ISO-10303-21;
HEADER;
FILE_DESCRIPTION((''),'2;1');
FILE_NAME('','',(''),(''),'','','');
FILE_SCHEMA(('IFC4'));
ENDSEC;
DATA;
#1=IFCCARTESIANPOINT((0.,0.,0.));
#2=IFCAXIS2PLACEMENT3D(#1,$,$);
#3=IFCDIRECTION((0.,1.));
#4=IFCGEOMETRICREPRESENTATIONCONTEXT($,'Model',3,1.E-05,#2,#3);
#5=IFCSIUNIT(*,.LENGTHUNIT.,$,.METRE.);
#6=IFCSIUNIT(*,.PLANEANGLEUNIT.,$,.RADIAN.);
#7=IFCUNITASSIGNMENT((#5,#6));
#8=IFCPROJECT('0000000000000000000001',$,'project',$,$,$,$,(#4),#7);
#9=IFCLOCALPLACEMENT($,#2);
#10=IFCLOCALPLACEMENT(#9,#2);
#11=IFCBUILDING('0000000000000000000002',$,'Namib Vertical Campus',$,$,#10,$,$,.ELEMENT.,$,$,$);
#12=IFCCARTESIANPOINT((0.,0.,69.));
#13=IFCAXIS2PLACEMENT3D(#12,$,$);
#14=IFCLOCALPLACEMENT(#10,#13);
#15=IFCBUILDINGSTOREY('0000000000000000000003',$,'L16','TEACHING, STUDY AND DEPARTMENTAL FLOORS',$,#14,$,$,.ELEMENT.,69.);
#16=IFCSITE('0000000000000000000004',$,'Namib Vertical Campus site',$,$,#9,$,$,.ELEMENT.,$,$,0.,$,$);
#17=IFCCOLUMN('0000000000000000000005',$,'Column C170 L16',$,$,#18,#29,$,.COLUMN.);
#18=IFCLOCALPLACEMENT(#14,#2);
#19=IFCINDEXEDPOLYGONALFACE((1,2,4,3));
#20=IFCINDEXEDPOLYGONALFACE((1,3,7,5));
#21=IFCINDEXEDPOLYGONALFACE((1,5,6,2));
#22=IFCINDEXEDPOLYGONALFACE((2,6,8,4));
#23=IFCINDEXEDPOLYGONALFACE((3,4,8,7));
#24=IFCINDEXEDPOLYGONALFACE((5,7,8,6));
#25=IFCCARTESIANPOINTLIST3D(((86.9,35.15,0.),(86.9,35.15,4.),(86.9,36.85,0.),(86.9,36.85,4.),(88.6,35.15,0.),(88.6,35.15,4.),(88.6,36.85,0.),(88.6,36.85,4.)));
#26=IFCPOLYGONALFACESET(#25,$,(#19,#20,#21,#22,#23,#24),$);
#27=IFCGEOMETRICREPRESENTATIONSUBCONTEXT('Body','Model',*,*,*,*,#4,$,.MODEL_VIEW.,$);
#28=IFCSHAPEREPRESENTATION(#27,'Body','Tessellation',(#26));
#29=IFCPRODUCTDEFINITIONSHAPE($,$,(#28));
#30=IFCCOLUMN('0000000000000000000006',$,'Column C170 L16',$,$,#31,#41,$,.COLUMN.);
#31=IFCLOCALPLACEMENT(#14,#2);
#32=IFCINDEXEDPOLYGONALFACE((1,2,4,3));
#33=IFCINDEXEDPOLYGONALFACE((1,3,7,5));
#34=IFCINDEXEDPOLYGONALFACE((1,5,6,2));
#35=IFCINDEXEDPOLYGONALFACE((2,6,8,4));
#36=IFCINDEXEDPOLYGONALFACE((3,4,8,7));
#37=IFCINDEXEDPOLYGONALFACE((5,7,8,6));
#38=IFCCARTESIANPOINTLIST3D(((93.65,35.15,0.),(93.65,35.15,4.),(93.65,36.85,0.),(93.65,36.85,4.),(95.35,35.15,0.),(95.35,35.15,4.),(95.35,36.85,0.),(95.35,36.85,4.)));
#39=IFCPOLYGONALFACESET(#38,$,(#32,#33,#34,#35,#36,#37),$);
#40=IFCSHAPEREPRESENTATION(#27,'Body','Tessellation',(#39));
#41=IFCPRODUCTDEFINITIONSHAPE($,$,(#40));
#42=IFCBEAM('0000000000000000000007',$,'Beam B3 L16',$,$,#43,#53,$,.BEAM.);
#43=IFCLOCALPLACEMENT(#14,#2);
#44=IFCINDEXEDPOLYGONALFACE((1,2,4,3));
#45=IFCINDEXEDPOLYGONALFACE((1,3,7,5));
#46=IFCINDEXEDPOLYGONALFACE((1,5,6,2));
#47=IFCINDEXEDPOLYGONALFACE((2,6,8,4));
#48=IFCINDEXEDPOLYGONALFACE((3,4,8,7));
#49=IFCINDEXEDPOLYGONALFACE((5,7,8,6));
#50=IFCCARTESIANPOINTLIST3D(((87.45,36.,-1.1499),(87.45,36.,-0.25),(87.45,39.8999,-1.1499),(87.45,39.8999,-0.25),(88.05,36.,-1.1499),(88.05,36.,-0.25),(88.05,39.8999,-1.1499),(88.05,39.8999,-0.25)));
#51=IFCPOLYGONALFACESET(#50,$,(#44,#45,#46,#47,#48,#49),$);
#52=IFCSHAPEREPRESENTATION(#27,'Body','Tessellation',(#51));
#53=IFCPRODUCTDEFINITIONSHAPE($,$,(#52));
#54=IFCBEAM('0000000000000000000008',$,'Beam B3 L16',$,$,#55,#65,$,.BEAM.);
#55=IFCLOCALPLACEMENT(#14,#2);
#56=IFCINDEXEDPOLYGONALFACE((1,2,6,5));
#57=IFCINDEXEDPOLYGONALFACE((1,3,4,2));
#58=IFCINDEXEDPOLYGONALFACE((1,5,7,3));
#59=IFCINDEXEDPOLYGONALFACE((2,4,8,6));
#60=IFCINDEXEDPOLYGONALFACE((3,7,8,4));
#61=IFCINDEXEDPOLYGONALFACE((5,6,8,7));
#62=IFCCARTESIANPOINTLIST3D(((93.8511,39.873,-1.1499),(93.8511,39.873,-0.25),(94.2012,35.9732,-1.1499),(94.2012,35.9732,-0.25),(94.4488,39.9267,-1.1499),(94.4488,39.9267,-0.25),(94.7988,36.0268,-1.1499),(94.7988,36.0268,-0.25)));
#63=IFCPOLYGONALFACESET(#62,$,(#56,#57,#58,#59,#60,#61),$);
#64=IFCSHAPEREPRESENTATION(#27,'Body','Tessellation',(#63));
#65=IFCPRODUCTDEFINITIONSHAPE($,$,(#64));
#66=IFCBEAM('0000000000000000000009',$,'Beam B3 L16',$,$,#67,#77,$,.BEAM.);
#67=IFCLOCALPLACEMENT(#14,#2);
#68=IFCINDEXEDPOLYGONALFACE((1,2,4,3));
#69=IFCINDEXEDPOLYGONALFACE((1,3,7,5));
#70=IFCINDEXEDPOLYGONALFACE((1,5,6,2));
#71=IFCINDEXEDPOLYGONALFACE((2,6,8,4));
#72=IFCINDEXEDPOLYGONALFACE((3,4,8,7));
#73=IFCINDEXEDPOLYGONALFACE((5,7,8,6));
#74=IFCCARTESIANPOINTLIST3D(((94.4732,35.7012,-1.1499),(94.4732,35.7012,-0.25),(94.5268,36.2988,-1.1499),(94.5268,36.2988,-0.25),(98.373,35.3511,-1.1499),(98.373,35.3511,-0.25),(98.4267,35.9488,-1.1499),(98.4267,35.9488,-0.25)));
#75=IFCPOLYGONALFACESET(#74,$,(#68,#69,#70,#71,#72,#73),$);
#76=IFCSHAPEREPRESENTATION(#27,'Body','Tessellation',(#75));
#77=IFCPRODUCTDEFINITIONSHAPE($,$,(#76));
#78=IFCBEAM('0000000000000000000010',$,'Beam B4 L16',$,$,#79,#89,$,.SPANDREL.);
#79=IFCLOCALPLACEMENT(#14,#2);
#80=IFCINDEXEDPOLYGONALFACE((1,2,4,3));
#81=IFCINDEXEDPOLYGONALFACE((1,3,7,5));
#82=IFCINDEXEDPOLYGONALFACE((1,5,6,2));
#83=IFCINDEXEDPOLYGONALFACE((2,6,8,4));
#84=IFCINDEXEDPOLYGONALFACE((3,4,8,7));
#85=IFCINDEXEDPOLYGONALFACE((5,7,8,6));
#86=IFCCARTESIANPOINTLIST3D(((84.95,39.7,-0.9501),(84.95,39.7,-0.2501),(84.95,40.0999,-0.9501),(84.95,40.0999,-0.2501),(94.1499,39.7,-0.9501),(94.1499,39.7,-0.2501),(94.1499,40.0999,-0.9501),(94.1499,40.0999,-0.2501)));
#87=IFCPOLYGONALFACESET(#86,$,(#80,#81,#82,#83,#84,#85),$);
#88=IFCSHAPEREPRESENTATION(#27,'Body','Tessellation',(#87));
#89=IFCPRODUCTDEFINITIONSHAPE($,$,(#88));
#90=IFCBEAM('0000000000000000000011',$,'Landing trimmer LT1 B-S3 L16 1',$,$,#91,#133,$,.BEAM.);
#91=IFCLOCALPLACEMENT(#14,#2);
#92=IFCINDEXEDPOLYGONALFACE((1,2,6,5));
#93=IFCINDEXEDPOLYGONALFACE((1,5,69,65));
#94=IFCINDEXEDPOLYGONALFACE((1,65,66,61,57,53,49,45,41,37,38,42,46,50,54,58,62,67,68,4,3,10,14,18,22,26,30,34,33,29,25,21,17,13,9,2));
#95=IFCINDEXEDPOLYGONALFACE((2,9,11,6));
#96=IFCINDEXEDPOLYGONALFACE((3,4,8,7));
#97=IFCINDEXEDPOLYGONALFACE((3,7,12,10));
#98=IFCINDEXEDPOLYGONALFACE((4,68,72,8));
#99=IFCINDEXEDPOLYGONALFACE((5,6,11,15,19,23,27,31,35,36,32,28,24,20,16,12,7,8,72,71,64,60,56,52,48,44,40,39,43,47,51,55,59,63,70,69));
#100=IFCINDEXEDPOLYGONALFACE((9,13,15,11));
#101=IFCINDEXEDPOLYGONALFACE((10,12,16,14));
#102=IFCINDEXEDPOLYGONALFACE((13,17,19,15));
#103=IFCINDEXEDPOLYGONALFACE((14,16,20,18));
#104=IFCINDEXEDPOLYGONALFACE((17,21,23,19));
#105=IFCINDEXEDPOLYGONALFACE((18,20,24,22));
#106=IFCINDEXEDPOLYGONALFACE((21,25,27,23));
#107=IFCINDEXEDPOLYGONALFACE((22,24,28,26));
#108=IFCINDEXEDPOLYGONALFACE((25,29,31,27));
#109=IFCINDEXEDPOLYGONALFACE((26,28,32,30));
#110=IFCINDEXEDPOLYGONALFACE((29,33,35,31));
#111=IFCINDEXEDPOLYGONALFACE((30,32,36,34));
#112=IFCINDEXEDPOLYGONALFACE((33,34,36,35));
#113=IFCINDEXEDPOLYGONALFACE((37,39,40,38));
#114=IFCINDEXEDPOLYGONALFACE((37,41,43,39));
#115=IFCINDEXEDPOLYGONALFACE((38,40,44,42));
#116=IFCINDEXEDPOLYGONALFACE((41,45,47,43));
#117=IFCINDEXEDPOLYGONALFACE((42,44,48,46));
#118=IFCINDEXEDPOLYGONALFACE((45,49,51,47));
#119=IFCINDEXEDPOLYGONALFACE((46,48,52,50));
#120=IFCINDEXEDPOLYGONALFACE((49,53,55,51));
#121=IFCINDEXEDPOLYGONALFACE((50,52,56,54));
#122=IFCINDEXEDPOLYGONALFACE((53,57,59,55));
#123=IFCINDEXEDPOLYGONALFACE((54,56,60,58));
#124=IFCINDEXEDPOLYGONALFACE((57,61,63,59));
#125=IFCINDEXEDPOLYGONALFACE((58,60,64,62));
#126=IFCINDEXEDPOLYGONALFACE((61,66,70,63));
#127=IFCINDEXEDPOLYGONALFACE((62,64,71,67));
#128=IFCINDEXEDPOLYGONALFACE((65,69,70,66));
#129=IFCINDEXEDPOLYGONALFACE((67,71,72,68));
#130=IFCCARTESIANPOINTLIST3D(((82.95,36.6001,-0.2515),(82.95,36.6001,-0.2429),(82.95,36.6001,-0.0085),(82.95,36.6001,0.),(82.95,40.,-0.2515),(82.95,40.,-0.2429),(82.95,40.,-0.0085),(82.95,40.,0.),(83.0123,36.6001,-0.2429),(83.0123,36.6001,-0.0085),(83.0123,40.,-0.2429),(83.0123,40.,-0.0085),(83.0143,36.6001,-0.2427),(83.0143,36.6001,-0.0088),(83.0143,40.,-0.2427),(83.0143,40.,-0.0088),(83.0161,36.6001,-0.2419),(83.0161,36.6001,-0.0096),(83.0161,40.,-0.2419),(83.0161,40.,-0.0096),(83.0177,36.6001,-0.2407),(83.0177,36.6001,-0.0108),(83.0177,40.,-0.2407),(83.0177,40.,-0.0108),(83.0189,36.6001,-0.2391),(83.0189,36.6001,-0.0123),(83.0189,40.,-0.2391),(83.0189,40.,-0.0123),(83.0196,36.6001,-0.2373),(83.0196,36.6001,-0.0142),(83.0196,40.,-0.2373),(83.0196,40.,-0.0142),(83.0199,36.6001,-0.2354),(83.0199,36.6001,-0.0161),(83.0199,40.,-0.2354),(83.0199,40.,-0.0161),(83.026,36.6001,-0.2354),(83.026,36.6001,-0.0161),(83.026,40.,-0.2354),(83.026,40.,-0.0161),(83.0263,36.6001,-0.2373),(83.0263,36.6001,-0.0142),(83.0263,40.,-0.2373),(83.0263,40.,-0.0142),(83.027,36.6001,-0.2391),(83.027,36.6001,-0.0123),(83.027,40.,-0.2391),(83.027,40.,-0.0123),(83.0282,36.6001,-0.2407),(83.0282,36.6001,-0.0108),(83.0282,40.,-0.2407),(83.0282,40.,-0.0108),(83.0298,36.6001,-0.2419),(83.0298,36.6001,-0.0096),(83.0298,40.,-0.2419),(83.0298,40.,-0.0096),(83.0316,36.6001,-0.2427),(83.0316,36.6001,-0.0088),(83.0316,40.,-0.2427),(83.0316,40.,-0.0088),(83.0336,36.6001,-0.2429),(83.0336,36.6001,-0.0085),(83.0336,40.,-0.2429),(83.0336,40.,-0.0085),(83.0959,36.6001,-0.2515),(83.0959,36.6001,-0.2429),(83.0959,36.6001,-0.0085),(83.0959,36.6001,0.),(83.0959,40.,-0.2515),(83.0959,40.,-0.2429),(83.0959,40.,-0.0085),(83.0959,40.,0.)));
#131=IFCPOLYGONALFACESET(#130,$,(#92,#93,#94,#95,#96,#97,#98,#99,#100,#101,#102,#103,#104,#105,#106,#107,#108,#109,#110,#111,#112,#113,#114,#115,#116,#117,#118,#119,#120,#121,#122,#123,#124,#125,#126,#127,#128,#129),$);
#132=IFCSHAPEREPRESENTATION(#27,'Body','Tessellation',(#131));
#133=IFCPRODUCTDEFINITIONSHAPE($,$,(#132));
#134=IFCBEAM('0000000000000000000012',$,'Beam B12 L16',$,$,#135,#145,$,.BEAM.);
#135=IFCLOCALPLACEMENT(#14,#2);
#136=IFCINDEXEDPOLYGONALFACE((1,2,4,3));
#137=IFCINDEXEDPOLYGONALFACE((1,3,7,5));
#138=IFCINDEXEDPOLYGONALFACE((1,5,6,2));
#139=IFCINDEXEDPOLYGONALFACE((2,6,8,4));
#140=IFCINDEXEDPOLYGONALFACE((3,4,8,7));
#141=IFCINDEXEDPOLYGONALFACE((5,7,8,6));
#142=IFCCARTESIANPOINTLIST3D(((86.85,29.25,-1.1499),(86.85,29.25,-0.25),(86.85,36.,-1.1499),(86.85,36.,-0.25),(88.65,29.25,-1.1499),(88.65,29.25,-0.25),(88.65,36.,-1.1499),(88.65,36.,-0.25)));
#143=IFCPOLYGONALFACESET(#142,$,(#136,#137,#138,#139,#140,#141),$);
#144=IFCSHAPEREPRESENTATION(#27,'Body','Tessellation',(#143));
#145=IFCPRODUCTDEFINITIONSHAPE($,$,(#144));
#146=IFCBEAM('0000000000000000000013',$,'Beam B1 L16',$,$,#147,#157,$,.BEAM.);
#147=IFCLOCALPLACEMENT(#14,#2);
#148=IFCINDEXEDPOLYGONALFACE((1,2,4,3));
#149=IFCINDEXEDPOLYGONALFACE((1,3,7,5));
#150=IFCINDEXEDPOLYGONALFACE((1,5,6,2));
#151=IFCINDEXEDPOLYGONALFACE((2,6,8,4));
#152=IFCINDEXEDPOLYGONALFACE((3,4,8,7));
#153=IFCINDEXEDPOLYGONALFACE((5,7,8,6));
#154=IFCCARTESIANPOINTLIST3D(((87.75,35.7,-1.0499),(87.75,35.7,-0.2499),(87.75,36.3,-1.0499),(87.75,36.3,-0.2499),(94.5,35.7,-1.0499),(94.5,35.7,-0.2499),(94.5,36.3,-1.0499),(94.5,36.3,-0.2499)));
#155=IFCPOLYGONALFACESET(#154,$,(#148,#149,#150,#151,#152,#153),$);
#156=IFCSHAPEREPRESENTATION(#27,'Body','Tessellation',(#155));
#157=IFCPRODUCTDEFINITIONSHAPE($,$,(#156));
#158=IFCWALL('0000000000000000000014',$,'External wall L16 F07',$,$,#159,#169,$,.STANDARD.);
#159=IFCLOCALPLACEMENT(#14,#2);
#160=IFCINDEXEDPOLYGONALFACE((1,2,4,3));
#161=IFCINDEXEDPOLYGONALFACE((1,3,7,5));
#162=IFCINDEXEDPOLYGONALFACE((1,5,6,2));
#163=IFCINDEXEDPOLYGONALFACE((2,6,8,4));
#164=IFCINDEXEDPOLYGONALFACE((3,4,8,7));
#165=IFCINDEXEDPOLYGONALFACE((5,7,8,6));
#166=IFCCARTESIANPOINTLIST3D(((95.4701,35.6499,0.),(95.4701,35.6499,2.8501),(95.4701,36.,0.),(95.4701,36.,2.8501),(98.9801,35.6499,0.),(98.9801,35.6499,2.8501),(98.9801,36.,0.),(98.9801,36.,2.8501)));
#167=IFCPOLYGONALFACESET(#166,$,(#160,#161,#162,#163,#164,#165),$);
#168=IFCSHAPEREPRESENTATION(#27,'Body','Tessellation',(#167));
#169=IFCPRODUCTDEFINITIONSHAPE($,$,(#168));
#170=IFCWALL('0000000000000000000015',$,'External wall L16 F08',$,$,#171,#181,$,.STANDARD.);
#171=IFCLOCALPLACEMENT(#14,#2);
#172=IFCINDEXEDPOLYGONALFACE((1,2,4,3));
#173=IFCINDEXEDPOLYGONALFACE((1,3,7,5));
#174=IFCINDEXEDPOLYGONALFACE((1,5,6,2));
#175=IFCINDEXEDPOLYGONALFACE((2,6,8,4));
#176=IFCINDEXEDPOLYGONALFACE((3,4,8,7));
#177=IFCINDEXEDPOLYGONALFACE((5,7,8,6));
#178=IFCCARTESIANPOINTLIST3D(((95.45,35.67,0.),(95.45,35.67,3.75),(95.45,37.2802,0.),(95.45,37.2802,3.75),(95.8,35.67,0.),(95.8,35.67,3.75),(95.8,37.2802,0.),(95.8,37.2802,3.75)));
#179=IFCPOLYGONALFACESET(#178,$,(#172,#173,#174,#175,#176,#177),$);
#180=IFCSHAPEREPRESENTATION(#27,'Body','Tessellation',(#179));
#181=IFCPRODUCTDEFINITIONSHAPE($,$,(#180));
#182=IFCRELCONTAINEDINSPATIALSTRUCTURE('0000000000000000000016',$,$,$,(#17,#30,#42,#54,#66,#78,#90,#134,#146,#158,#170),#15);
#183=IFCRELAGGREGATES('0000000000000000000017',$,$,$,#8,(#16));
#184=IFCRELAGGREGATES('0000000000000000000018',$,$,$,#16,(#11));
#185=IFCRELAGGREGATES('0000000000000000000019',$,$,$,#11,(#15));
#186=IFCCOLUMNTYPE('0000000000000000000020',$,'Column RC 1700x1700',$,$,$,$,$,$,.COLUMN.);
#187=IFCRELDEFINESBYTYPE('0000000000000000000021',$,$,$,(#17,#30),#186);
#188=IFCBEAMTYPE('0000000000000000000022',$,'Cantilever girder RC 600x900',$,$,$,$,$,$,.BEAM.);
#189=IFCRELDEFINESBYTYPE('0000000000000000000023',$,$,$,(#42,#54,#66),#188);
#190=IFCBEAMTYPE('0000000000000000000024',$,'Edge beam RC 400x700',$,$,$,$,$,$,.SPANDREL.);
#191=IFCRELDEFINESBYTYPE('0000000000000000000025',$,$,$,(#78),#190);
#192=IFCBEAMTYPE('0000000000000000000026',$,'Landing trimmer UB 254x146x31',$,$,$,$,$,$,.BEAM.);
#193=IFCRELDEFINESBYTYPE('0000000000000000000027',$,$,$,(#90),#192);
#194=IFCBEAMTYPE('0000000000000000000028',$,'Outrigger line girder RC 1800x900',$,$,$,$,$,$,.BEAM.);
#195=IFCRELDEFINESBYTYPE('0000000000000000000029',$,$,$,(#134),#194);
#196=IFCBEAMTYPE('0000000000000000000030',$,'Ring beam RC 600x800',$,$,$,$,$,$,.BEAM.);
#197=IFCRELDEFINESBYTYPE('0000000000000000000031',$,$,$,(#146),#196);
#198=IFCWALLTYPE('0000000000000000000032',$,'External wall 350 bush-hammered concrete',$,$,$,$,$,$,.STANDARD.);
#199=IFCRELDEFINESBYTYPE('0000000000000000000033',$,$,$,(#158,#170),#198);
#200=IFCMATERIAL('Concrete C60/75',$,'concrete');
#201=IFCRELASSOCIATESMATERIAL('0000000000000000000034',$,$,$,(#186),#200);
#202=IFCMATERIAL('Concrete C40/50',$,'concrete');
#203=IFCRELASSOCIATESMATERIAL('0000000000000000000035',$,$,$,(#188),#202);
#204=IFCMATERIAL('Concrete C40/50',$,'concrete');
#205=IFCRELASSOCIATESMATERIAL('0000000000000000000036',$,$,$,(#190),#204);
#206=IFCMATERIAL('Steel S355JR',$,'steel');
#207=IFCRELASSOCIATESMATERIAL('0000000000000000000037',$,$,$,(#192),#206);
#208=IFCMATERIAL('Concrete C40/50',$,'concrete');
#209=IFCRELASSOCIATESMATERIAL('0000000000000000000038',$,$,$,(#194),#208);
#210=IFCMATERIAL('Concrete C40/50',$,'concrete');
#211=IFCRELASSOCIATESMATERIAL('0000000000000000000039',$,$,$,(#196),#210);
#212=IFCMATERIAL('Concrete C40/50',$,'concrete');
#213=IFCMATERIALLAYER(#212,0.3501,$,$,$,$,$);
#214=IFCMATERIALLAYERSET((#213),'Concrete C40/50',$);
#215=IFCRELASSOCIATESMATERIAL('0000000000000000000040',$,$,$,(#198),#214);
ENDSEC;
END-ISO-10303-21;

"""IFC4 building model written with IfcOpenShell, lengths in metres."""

from ifc_helpers import new_model, si_unit, direction, frame, frame_2d, origin, origin_2d, place, context, subcontext, project, spatial, rectangle, i_section, extrude, material, layer, layer_set, material_profile, profile_set, type_object, element, save


model = new_model("IFC4")

# Units and contexts
model_context = context("Model", 3, precision=1e-05, world=origin(), true_north=direction((0.0, 1.0)))
body_context = subcontext(model_context, "Body", "Model", "MODEL_VIEW")
ifc_project = project(units=[si_unit("LENGTHUNIT", "METRE"), si_unit("PLANEANGLEUNIT", "RADIAN")], contexts=[model_context])

# Site, building, storey
site_placement = place(None, origin())
site = spatial("IfcSite", under=ifc_project, at=site_placement, Name="Namib Vertical Campus site", CompositionType="ELEMENT", RefElevation=0.0)
building_placement = place(site_placement, origin())
building = spatial("IfcBuilding", under=site, at=building_placement, Name="Namib Vertical Campus", CompositionType="ELEMENT")
storey_placement = place(building_placement, frame((0.0, 0.0, 69.0)))
storey = spatial("IfcBuildingStorey", under=building, at=storey_placement, Name="L16", Description="TEACHING, STUDY AND DEPARTMENTAL FLOORS", CompositionType="ELEMENT", Elevation=69.0)

# Columns
ifc_material_1 = material(Name="Concrete C60/75", Category="concrete")
ifc_material_profile_1 = material_profile(ifc_material_1, rectangle(XDim=1.7, YDim=1.7, at=origin_2d()))
ifc_profile_set_1 = profile_set([ifc_material_profile_1], Name="Concrete C60/75")
column_type = type_object("IfcColumnType", Name="Column RC 1700x1700", PredefinedType="COLUMN", material=ifc_profile_set_1)
for number, where, z_axis, x_axis, name in (
    (1, (87.75, 36.0, 0.0), (0.0, 0.0, 1.0), (1.0, 0.0, 0.0), "Column C170 L16"),
    (2, (94.5, 36.0, 0.0), (0.0, 0.0, 1.0), (1.0, 0.0, 0.0), "Column C170 L16"),
):
    element("IfcColumn", number, at=place(storey_placement, frame(where, z_axis=z_axis, x_axis=x_axis)), inside=storey, type_object=column_type, Name=name, PredefinedType="COLUMN", context=body_context, shape_type="SweptSolid", body=[
        extrude(rectangle(XDim=1.7, YDim=1.7, at=origin_2d()), origin(), (0.0, 0.0, 1.0), 4.0),
    ])

# Beams
ifc_material_2 = material(Name="Concrete C40/50", Category="concrete")
ifc_material_profile_2 = material_profile(ifc_material_2, rectangle(XDim=0.6001, YDim=0.8999, at=origin_2d()))
ifc_profile_set_2 = profile_set([ifc_material_profile_2], Name="Concrete C40/50")
beam_type_1 = type_object("IfcBeamType", Name="Cantilever girder RC 600x900", PredefinedType="BEAM", material=ifc_profile_set_2)
beam_1_placement = place(storey_placement, frame((87.75, 36.0, -0.7), z_axis=(0.0, 1.0, 0.0), x_axis=(-1.0, 0.0, 0.0)))
element("IfcBeam", 3, at=beam_1_placement, inside=storey, type_object=beam_type_1, Name="Beam B3 L16", PredefinedType="BEAM", context=body_context, shape_type="SweptSolid", body=[
    extrude(rectangle(XDim=0.6001, YDim=0.8999, at=origin_2d()), origin(), (0.0, 0.0, 1.0), 3.8999),
])
for number, where, z_axis, x_axis, name in (
    (4, (94.5, 36.0, -0.7), (-0.089411, 0.995995, 0.0), (-0.995995, -0.089411, 0.0), "Beam B3 L16"),
    (5, (94.5, 36.0, -0.7), (0.995995, -0.089411, 0.0), (0.089411, 0.995995, 0.0), "Beam B3 L16"),
):
    element("IfcBeam", number, at=place(storey_placement, frame(where, z_axis=z_axis, x_axis=x_axis)), inside=storey, type_object=beam_type_1, Name=name, PredefinedType="BEAM", context=body_context, shape_type="SweptSolid", body=[
        extrude(rectangle(XDim=0.6001, YDim=0.8999, at=origin_2d()), origin(), (0.0, 0.0, 1.0), 3.9155),
    ])
ifc_material_3 = material(Name="Concrete C40/50", Category="concrete")
ifc_material_profile_3 = material_profile(ifc_material_3, rectangle(XDim=0.3999, YDim=0.7, at=origin_2d()))
ifc_profile_set_3 = profile_set([ifc_material_profile_3], Name="Concrete C40/50")
beam_type_2 = type_object("IfcBeamType", Name="Edge beam RC 400x700", PredefinedType="SPANDREL", material=ifc_profile_set_3)
beam_2_placement = place(storey_placement, frame((84.95, 39.8999, -0.6001), z_axis=(1.0, 0.0, 0.0), x_axis=(0.0, 1.0, 0.0)))
element("IfcBeam", 6, at=beam_2_placement, inside=storey, type_object=beam_type_2, Name="Beam B4 L16", PredefinedType="SPANDREL", context=body_context, shape_type="SweptSolid", body=[
    extrude(rectangle(XDim=0.3999, YDim=0.7, at=origin_2d()), origin(), (0.0, 0.0, 1.0), 9.2),
])
ifc_material_4 = material(Name="Steel S355JR", Category="steel")
ifc_material_profile_4 = material_profile(ifc_material_4, i_section(OverallWidth=0.146, OverallDepth=0.2515, WebThickness=0.0061, FlangeThickness=0.0085, FilletRadius=0.0076, at=origin_2d()))
ifc_profile_set_4 = profile_set([ifc_material_profile_4], Name="Steel S355JR")
beam_type_3 = type_object("IfcBeamType", Name="Landing trimmer UB 254x146x31", PredefinedType="BEAM", material=ifc_profile_set_4)
beam_3_placement = place(storey_placement, frame((83.0229, 36.6001, -0.1257), z_axis=(0.0, 1.0, 0.0), x_axis=(-1.0, 0.0, 0.0)))
element("IfcBeam", 7, at=beam_3_placement, inside=storey, type_object=beam_type_3, Name="Landing trimmer LT1 B-S3 L16 1", PredefinedType="BEAM", context=body_context, shape_type="SweptSolid", body=[
    extrude(i_section(OverallWidth=0.146, OverallDepth=0.2515, WebThickness=0.0061, FlangeThickness=0.0085, FilletRadius=0.0076, at=origin_2d()), origin(), (0.0, 0.0, 1.0), 3.3999),
])
ifc_material_5 = material(Name="Concrete C40/50", Category="concrete")
ifc_material_profile_5 = material_profile(ifc_material_5, rectangle(XDim=1.8, YDim=0.8999, at=origin_2d()))
ifc_profile_set_5 = profile_set([ifc_material_profile_5], Name="Concrete C40/50")
beam_type_4 = type_object("IfcBeamType", Name="Outrigger line girder RC 1800x900", PredefinedType="BEAM", material=ifc_profile_set_5)
beam_4_placement = place(storey_placement, frame((87.75, 36.0, -0.7), z_axis=(0.0, -1.0, 0.0), x_axis=(1.0, 0.0, 0.0)))
element("IfcBeam", 8, at=beam_4_placement, inside=storey, type_object=beam_type_4, Name="Beam B12 L16", PredefinedType="BEAM", context=body_context, shape_type="SweptSolid", body=[
    extrude(rectangle(XDim=1.8, YDim=0.8999, at=origin_2d()), origin(), (0.0, 0.0, 1.0), 6.75),
])
ifc_material_6 = material(Name="Concrete C40/50", Category="concrete")
ifc_material_profile_6 = material_profile(ifc_material_6, rectangle(XDim=0.6001, YDim=0.8, at=origin_2d()))
ifc_profile_set_6 = profile_set([ifc_material_profile_6], Name="Concrete C40/50")
beam_type_5 = type_object("IfcBeamType", Name="Ring beam RC 600x800", PredefinedType="BEAM", material=ifc_profile_set_6)
beam_5_placement = place(storey_placement, frame((87.75, 36.0, -0.6499), z_axis=(1.0, 0.0, 0.0), x_axis=(0.0, 1.0, 0.0)))
element("IfcBeam", 9, at=beam_5_placement, inside=storey, type_object=beam_type_5, Name="Beam B1 L16", PredefinedType="BEAM", context=body_context, shape_type="SweptSolid", body=[
    extrude(rectangle(XDim=0.6001, YDim=0.8, at=origin_2d()), origin(), (0.0, 0.0, 1.0), 6.75),
])

# Walls
ifc_material_7 = material(Name="Concrete C40/50", Category="concrete")
ifc_layer_1 = layer(ifc_material_7, 0.3501)
ifc_layer_set_1 = layer_set([ifc_layer_1], Name="Concrete C40/50")
wall_type_1 = type_object("IfcWallType", Name="External wall 350 bush-hammered concrete", PredefinedType="STANDARD", material=ifc_layer_set_1)
wall_1_placement = place(storey_placement, frame((98.98, 35.825, 0.0), z_axis=(0.0, 0.0, 1.0), x_axis=(-1.0, 0.0, 0.0)))
element("IfcWall", 10, at=wall_1_placement, inside=storey, type_object=wall_type_1, Name="External wall L16 F07", PredefinedType="STANDARD", context=body_context, shape_type="SweptSolid", body=[
    extrude(rectangle(XDim=3.51, YDim=0.3501, at=frame_2d((1.7549, 0.0))), origin(), (0.0, 0.0, 1.0), 2.8501),
])
for number, where, z_axis, x_axis, name in (
    (11, (95.625, 35.6699, 0.0), (0.0, 0.0, 1.0), (0.0, 1.0, 0.0), "External wall L16 F08"),
):
    element("IfcWall", number, at=place(storey_placement, frame(where, z_axis=z_axis, x_axis=x_axis)), inside=storey, type_object=wall_type_1, Name=name, PredefinedType="STANDARD", context=body_context, shape_type="SweptSolid", body=[
        extrude(rectangle(XDim=1.6101, YDim=0.3501, at=frame_2d((0.8052, 0.0))), origin(), (0.0, 0.0, 1.0), 3.75),
    ])

save(model, "model.ifc")
